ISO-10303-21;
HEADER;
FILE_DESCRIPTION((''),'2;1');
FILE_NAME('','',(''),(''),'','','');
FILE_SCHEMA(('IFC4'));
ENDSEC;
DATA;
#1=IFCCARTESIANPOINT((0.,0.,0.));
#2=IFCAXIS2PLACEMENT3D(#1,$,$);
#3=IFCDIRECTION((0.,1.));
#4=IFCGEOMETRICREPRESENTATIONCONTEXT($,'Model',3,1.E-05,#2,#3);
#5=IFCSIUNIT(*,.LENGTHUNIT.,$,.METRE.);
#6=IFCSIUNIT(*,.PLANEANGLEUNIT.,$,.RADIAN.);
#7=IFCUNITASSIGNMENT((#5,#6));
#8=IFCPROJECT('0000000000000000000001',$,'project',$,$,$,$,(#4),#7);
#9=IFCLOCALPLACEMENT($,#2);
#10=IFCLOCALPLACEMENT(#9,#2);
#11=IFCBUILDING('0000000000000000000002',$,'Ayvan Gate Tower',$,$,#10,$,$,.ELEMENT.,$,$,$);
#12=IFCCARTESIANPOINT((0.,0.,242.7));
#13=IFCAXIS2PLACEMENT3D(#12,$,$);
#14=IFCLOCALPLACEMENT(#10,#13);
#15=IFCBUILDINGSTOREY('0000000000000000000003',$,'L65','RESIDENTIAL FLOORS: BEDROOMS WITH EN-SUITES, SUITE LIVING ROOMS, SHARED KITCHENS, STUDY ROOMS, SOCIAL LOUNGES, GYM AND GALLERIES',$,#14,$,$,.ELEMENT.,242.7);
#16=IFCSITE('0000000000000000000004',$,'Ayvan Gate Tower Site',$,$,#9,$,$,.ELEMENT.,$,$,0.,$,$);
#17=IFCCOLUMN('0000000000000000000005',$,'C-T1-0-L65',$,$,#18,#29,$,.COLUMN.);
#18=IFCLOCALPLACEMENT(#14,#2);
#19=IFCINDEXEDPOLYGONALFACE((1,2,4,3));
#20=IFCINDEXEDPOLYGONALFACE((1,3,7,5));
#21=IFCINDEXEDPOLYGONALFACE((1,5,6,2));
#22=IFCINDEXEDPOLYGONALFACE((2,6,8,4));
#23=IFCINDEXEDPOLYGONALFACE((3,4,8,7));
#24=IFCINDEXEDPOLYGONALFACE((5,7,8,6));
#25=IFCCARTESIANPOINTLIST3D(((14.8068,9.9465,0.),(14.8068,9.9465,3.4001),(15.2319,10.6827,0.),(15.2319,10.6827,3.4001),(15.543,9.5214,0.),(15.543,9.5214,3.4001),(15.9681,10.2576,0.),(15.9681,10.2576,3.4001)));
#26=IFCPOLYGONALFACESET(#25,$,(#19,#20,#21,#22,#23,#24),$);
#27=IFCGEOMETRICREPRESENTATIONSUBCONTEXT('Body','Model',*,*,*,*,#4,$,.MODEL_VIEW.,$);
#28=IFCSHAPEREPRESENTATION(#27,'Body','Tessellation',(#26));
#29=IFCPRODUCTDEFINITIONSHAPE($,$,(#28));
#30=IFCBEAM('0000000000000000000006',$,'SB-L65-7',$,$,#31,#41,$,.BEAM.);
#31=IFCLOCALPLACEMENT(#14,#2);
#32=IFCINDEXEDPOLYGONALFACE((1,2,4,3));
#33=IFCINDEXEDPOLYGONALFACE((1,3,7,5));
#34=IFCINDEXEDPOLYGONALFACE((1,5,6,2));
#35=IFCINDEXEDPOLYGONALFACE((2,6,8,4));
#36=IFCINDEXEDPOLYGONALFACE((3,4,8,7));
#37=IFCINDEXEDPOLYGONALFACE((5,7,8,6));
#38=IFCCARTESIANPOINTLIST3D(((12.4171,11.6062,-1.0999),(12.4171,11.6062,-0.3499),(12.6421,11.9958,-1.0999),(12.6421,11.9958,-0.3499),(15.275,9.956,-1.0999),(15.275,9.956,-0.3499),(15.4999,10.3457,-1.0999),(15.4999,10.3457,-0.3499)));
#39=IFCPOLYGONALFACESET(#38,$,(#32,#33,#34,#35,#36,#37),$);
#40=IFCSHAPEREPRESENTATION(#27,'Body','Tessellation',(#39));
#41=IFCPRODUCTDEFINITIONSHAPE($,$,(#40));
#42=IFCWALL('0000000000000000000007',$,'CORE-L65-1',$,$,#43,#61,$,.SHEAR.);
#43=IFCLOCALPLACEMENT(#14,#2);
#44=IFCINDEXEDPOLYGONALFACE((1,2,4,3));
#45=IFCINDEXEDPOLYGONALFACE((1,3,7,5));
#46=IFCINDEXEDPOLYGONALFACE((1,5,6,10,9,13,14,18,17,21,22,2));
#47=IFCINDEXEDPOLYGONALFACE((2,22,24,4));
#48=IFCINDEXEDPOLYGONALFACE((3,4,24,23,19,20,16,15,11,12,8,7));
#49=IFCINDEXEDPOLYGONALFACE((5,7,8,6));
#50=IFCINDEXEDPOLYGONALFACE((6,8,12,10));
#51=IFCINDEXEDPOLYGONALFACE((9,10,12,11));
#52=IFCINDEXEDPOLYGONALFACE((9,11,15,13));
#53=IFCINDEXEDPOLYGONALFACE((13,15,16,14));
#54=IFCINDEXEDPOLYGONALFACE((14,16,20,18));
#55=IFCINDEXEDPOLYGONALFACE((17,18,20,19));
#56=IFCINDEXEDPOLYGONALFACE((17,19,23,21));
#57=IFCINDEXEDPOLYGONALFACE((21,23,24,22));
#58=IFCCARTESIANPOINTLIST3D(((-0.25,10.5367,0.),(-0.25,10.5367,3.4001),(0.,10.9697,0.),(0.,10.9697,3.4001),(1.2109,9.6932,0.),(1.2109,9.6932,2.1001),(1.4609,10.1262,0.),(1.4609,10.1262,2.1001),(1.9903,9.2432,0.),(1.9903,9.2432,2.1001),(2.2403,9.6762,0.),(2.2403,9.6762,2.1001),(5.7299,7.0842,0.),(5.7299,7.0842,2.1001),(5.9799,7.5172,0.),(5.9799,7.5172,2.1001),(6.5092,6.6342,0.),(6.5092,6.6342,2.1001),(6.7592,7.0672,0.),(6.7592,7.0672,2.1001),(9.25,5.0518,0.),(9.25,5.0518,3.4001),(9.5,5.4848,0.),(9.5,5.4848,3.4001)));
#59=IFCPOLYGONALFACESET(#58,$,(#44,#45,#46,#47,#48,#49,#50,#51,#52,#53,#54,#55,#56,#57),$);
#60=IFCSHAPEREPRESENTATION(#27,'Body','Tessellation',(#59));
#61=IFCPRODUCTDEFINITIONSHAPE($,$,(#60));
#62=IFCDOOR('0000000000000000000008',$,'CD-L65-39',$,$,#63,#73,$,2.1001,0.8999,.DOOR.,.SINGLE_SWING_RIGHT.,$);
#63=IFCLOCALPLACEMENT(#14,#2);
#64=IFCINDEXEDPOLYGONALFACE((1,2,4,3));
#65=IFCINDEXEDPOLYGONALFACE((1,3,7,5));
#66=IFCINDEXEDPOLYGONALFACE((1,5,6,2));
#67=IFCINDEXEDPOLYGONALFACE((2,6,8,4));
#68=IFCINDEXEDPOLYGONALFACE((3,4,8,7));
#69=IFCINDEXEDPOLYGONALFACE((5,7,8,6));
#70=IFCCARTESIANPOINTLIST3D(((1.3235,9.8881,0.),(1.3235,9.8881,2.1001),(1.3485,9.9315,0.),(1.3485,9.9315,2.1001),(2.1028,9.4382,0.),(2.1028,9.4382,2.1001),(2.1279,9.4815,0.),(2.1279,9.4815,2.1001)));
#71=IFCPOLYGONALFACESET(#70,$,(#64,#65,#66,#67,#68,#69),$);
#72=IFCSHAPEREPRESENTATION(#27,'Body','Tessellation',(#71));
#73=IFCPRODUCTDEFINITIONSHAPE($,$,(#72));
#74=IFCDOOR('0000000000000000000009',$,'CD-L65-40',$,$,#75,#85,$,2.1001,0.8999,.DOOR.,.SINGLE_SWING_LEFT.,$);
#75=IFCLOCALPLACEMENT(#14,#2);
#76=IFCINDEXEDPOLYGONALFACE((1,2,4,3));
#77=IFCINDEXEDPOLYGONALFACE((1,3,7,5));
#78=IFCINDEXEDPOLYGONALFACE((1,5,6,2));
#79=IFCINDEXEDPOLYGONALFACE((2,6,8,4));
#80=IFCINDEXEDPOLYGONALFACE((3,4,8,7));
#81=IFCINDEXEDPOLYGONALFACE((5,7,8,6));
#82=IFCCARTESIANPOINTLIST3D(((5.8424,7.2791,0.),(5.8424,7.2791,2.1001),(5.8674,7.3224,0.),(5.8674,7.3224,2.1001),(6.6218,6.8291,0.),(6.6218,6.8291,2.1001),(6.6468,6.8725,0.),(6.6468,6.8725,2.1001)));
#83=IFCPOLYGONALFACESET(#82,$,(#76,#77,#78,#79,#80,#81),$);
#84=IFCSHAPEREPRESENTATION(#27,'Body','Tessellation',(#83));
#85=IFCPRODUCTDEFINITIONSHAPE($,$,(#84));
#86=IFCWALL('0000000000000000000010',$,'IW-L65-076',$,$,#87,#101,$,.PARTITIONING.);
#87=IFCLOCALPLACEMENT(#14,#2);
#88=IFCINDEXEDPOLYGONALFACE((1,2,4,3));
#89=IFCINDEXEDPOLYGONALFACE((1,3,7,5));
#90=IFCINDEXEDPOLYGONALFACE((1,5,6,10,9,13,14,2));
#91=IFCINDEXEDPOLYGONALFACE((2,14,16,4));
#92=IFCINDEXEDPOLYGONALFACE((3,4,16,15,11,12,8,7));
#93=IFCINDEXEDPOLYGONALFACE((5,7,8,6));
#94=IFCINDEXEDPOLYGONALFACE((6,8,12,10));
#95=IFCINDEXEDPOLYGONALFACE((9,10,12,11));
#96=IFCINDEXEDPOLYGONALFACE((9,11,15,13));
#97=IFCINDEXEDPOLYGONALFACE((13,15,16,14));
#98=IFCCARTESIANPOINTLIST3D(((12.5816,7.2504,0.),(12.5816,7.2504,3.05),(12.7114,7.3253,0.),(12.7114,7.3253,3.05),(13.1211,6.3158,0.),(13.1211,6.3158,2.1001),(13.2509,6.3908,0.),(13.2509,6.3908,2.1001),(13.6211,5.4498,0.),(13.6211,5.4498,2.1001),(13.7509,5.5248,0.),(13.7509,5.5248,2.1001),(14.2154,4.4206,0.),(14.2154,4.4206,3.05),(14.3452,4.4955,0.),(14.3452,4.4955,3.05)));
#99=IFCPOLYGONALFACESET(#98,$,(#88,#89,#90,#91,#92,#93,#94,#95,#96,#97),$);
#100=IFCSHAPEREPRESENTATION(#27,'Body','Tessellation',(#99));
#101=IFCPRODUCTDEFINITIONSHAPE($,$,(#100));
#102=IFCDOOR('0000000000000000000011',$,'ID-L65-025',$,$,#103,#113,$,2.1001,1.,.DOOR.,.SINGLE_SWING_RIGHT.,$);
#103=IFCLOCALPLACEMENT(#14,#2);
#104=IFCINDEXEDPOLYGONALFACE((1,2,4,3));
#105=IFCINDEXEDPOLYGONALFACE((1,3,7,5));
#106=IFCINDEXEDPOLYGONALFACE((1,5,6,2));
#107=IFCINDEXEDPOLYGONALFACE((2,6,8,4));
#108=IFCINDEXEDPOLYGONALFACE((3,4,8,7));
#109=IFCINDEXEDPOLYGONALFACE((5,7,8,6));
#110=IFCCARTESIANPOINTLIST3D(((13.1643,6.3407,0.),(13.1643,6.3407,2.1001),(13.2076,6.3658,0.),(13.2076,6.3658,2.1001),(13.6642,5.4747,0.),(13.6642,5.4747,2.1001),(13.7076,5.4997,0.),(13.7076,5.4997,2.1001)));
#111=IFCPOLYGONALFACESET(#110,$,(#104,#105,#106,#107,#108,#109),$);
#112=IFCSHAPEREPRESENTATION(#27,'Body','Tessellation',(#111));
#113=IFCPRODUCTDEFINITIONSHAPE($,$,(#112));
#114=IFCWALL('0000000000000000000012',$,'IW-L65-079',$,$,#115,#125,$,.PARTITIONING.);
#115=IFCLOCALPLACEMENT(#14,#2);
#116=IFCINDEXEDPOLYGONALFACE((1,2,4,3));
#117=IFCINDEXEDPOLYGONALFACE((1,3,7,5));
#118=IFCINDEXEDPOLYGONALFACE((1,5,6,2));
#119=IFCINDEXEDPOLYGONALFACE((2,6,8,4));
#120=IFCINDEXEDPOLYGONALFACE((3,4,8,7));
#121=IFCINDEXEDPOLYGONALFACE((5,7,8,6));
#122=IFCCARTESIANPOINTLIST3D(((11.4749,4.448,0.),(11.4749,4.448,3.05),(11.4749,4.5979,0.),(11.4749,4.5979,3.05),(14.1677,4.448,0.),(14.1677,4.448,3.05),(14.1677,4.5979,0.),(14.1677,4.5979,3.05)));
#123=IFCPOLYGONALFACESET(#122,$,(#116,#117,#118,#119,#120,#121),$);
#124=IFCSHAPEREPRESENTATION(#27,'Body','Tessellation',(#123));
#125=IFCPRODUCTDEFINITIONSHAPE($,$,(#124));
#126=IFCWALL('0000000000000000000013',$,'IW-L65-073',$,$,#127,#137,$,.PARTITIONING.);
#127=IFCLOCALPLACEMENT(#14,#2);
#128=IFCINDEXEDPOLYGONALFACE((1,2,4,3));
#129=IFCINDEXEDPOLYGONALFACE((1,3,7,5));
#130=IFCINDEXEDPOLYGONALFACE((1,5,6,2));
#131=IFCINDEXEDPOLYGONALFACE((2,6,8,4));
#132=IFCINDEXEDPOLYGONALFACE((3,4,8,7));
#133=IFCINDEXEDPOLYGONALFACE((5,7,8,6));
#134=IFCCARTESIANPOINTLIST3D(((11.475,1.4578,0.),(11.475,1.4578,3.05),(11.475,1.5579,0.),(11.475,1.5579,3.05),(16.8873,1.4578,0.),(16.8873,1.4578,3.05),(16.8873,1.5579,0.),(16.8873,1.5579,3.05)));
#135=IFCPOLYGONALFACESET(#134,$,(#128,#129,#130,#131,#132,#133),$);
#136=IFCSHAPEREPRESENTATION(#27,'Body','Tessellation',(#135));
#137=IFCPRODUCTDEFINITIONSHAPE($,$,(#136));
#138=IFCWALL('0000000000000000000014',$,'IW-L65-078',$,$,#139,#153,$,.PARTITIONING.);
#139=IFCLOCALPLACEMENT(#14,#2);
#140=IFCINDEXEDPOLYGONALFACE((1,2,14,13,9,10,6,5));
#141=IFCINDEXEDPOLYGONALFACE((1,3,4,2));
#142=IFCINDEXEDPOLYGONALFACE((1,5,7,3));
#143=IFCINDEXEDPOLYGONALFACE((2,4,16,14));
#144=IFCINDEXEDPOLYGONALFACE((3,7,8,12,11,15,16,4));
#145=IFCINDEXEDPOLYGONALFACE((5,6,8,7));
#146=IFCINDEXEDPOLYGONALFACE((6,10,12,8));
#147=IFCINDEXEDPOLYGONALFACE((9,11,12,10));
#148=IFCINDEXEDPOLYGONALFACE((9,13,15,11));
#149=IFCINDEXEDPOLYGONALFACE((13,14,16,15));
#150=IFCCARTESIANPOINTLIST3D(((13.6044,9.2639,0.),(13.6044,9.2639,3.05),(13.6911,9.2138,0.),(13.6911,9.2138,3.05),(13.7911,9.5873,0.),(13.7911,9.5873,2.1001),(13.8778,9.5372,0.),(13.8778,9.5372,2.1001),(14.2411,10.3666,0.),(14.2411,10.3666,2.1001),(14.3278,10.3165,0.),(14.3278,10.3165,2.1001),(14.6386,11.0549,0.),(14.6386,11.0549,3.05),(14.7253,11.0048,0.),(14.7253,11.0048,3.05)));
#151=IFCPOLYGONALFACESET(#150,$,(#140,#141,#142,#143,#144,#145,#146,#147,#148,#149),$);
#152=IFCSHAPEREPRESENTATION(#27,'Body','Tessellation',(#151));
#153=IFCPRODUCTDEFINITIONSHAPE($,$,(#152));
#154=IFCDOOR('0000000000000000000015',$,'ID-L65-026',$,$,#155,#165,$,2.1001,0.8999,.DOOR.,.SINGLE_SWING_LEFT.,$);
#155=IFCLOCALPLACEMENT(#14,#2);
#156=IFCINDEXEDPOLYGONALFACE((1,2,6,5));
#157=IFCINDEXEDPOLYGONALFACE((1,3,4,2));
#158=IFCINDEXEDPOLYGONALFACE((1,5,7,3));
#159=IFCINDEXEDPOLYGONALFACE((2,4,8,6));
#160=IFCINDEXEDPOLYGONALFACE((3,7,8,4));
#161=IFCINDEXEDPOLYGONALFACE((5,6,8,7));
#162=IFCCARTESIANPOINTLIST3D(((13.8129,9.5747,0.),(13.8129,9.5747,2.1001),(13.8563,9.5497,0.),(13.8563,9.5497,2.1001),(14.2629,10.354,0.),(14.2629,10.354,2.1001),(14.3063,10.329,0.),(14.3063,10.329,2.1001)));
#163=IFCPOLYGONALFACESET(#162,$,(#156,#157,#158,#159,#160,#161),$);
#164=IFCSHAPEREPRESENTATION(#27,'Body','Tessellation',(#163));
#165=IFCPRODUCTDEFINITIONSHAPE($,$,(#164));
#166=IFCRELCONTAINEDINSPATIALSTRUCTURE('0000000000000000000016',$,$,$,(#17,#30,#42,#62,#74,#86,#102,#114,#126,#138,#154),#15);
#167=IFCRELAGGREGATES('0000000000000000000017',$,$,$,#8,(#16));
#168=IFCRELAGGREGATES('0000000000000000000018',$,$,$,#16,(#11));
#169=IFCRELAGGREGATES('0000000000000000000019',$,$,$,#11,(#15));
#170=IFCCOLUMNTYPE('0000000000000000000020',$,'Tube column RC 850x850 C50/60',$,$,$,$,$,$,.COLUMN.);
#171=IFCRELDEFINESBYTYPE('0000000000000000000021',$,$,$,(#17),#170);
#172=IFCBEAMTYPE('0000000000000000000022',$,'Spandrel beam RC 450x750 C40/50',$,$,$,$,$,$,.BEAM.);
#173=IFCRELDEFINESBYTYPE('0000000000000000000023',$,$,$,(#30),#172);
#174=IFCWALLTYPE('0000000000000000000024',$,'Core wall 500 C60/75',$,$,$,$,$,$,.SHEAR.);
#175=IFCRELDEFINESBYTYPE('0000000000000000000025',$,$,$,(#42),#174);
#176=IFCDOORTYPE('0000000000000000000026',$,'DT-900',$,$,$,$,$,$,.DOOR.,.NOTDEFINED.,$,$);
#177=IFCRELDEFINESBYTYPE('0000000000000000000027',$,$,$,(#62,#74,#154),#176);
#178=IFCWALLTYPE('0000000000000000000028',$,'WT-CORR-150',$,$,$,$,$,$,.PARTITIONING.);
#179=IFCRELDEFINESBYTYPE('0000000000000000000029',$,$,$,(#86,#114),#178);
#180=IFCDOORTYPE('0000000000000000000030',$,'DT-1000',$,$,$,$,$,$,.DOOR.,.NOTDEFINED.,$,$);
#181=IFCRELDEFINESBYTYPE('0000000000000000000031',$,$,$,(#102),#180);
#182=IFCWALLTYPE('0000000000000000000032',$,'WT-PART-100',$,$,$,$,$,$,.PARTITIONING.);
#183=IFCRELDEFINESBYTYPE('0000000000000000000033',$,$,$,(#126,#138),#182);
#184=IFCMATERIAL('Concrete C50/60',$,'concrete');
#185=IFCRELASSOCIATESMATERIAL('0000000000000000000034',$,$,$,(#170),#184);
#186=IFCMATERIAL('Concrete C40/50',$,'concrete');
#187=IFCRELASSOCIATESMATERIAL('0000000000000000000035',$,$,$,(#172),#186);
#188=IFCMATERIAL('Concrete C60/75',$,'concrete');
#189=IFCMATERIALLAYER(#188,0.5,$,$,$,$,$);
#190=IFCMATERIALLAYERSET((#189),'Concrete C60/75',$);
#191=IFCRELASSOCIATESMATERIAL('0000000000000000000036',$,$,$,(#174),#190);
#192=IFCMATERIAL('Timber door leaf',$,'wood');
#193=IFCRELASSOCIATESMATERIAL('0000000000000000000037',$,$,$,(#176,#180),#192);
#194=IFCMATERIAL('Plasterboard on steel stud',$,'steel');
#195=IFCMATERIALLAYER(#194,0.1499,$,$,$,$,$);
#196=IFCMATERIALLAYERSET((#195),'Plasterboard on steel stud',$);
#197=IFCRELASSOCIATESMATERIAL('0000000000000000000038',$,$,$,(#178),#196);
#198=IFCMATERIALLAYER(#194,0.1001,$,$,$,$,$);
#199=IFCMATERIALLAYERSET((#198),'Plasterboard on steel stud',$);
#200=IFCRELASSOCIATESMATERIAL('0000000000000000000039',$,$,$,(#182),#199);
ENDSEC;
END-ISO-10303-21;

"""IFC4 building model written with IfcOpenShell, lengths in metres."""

from ifc_helpers import new_model, si_unit, direction, frame, frame_2d, origin, origin_2d, place, context, subcontext, project, spatial, rectangle, extrude, material, layer, layer_set, material_profile, profile_set, type_object, element, fill, save


model = new_model("IFC4")

# Units and contexts
model_context = context("Model", 3, precision=1e-05, world=origin(), true_north=direction((0.0, 1.0)))
body_context = subcontext(model_context, "Body", "Model", "MODEL_VIEW")
ifc_project = project(units=[si_unit("LENGTHUNIT", "METRE"), si_unit("PLANEANGLEUNIT", "RADIAN")], contexts=[model_context])

# Site, building, storey
site_placement = place(None, origin())
site = spatial("IfcSite", under=ifc_project, at=site_placement, Name="Ayvan Gate Tower Site", CompositionType="ELEMENT", RefElevation=0.0)
building_placement = place(site_placement, origin())
building = spatial("IfcBuilding", under=site, at=building_placement, Name="Ayvan Gate Tower", CompositionType="ELEMENT")
storey_placement = place(building_placement, frame((0.0, 0.0, 242.7)))
storey = spatial("IfcBuildingStorey", under=building, at=storey_placement, Name="L65", Description="RESIDENTIAL FLOORS: BEDROOMS WITH EN-SUITES, SUITE LIVING ROOMS, SHARED KITCHENS, STUDY ROOMS, SOCIAL LOUNGES, GYM AND GALLERIES", CompositionType="ELEMENT", Elevation=242.7)

# Column
ifc_material_1 = material(Name="Concrete C50/60", Category="concrete")
ifc_material_profile_1 = material_profile(ifc_material_1, rectangle(XDim=0.8501, YDim=0.8501, at=origin_2d()), Name="RC 850x850")
ifc_profile_set_1 = profile_set([ifc_material_profile_1], Name="Concrete C50/60")
column_type = type_object("IfcColumnType", Name="Tube column RC 850x850 C50/60", PredefinedType="COLUMN", material=ifc_profile_set_1)
column_placement = place(storey_placement, frame((15.3875, 10.1021, 0.0), z_axis=(0.0, 0.0, 1.0), x_axis=(0.5, 0.866025, 0.0)))
element("IfcColumn", 1, at=column_placement, inside=storey, type_object=column_type, Name="C-T1-0-L65", PredefinedType="COLUMN", context=body_context, shape_type="SweptSolid", body=[
    extrude(rectangle(XDim=0.8501, YDim=0.8501, at=origin_2d()), origin(), (0.0, 0.0, 1.0), 3.4001),
])

# Beam
ifc_material_2 = material(Name="Concrete C40/50", Category="concrete")
ifc_material_profile_2 = material_profile(ifc_material_2, rectangle(XDim=0.45, YDim=0.75, at=origin_2d()), Name="RC 450x750")
ifc_profile_set_2 = profile_set([ifc_material_profile_2], Name="Concrete C40/50")
beam_type = type_object("IfcBeamType", Name="Spandrel beam RC 450x750 C40/50", PredefinedType="BEAM", material=ifc_profile_set_2)
beam_placement = place(storey_placement, frame((15.3875, 10.1509, -0.7249), z_axis=(-0.866008, 0.50003, 0.0), x_axis=(-0.50003, -0.866008, 0.0)))
element("IfcBeam", 2, at=beam_placement, inside=storey, type_object=beam_type, Name="SB-L65-7", PredefinedType="BEAM", context=body_context, shape_type="SweptSolid", body=[
    extrude(rectangle(XDim=0.45, YDim=0.75, at=origin_2d()), origin(), (0.0, 0.0, 1.0), 3.3),
])

# Wall, openings, doors
ifc_material_3 = material(Name="Concrete C60/75", Category="concrete")
ifc_layer_1 = layer(ifc_material_3, 0.5)
ifc_layer_set_1 = layer_set([ifc_layer_1], Name="Concrete C60/75")
wall_type_1 = type_object("IfcWallType", Name="Core wall 500 C60/75", PredefinedType="SHEAR", material=ifc_layer_set_1)
wall_1_placement = place(storey_placement, frame((9.375, 5.2683, 0.0), z_axis=(0.0, 0.0, 1.0), x_axis=(-0.866024, 0.500002, 0.0)))
wall_1 = element("IfcWall", 3, at=wall_1_placement, inside=storey, type_object=wall_type_1, Name="CORE-L65-1", PredefinedType="SHEAR", context=body_context, shape_type="SweptSolid", body=[
    extrude(rectangle(XDim=10.9697, YDim=0.5, at=frame_2d((5.4849, 0.0))), origin(), (0.0, 0.0, 1.0), 3.4001),
])
opening_1_placement = place(wall_1_placement, frame((8.3828, 0.0, 0.0)))
opening_1 = element("IfcOpeningElement", 4, at=opening_1_placement, cuts=wall_1, PredefinedType="OPENING", context=body_context, shape_type="SweptSolid", body=[
    extrude(rectangle(XDim=0.8999, YDim=2.1001, at=frame_2d((0.45, 1.05))), frame((0.0, 0.26, 0.0), z_axis=(0.0, -1.0, 0.0), x_axis=(1.0, 0.0, 0.0)), (0.0, 0.0, 1.0), 0.52),
])
opening_2_placement = place(wall_1_placement, frame((3.1648, 0.0, 0.0)))
opening_2 = element("IfcOpeningElement", 5, at=opening_2_placement, cuts=wall_1, PredefinedType="OPENING", context=body_context, shape_type="SweptSolid", body=[
    extrude(rectangle(XDim=0.8999, YDim=2.1001, at=frame_2d((0.45, 1.05))), frame((0.0, 0.26, 0.0), z_axis=(0.0, -1.0, 0.0), x_axis=(1.0, 0.0, 0.0)), (0.0, 0.0, 1.0), 0.52),
])
ifc_material_4 = material(Name="Timber door leaf", Category="wood")
door_type_1 = type_object("IfcDoorType", Name="DT-900", OperationType="NOTDEFINED", PredefinedType="DOOR", material=ifc_material_4)
door_1_placement = place(opening_1_placement, origin())
door_1 = element("IfcDoor", 6, at=door_1_placement, inside=storey, type_object=door_type_1, Name="CD-L65-39", OperationType="SINGLE_SWING_RIGHT", OverallHeight=2.1001, OverallWidth=0.8999, PredefinedType="DOOR", context=body_context, shape_type="SweptSolid", body=[
    extrude(rectangle(XDim=0.8999, YDim=2.1001, at=frame_2d((0.45, 1.05))), frame((0.0, 0.0249, 0.0), z_axis=(0.0, -1.0, 0.0), x_axis=(1.0, 0.0, 0.0)), (0.0, 0.0, 1.0), 0.05),
])
fill(opening_1, door_1)
door_2_placement = place(opening_2_placement, origin())
door_2 = element("IfcDoor", 7, at=door_2_placement, inside=storey, type_object=door_type_1, Name="CD-L65-40", OperationType="SINGLE_SWING_LEFT", OverallHeight=2.1001, OverallWidth=0.8999, PredefinedType="DOOR", context=body_context, shape_type="SweptSolid", body=[
    extrude(rectangle(XDim=0.8999, YDim=2.1001, at=frame_2d((0.45, 1.05))), frame((0.0, 0.0249, 0.0), z_axis=(0.0, -1.0, 0.0), x_axis=(1.0, 0.0, 0.0)), (0.0, 0.0, 1.0), 0.05),
])
fill(opening_2, door_2)

# Wall, opening, door
ifc_material_5 = material(Name="Plasterboard on steel stud", Category="steel")
ifc_layer_2 = layer(ifc_material_5, 0.1499)
ifc_layer_set_2 = layer_set([ifc_layer_2], Name="Plasterboard on steel stud")
wall_type_2 = type_object("IfcWallType", Name="WT-CORR-150", PredefinedType="PARTITIONING", material=ifc_layer_set_2)
wall_2_placement = place(storey_placement, frame((12.6465, 7.2878, 0.0), z_axis=(0.0, 0.0, 1.0), x_axis=(0.499996, -0.866028, 0.0)))
wall_2 = element("IfcWall", 8, at=wall_2_placement, inside=storey, type_object=wall_type_2, Name="IW-L65-076", PredefinedType="PARTITIONING", context=body_context, shape_type="SweptSolid", body=[
    extrude(rectangle(XDim=3.2676, YDim=0.1499, at=frame_2d((1.6338, 0.0))), origin(), (0.0, 0.0, 1.0), 3.05),
])
opening_3_placement = place(wall_2_placement, frame((1.0791, 0.0, 0.0)))
opening_3 = element("IfcOpeningElement", 9, at=opening_3_placement, cuts=wall_2, PredefinedType="OPENING", context=body_context, shape_type="SweptSolid", body=[
    extrude(rectangle(XDim=1.0, YDim=2.1001, at=frame_2d((0.5, 1.05))), frame((0.0, 0.085, 0.0), z_axis=(0.0, -1.0, 0.0), x_axis=(1.0, 0.0, 0.0)), (0.0, 0.0, 1.0), 0.1699),
])
door_type_2 = type_object("IfcDoorType", Name="DT-1000", OperationType="NOTDEFINED", PredefinedType="DOOR", material=ifc_material_4)
door_3_placement = place(opening_3_placement, origin())
door_3 = element("IfcDoor", 10, at=door_3_placement, inside=storey, type_object=door_type_2, Name="ID-L65-025", OperationType="SINGLE_SWING_RIGHT", OverallHeight=2.1001, OverallWidth=1.0, PredefinedType="DOOR", context=body_context, shape_type="SweptSolid", body=[
    extrude(rectangle(XDim=1.0, YDim=2.1001, at=frame_2d((0.5, 1.05))), frame((0.0, 0.0249, 0.0), z_axis=(0.0, -1.0, 0.0), x_axis=(1.0, 0.0, 0.0)), (0.0, 0.0, 1.0), 0.05),
])
fill(opening_3, door_3)

# Walls
wall_3_placement = place(storey_placement, frame((14.1677, 4.5229, 0.0), z_axis=(0.0, 0.0, 1.0), x_axis=(-1.0, 0.0, 0.0)))
element("IfcWall", 11, at=wall_3_placement, inside=storey, type_object=wall_type_2, Name="IW-L65-079", PredefinedType="PARTITIONING", context=body_context, shape_type="SweptSolid", body=[
    extrude(rectangle(XDim=2.6929, YDim=0.1499, at=frame_2d((1.3464, 0.0))), origin(), (0.0, 0.0, 1.0), 3.05),
])
ifc_layer_3 = layer(ifc_material_5, 0.1001)
ifc_layer_set_3 = layer_set([ifc_layer_3], Name="Plasterboard on steel stud")
wall_type_3 = type_object("IfcWallType", Name="WT-PART-100", PredefinedType="PARTITIONING", material=ifc_layer_set_3)
wall_4_placement = place(storey_placement, frame((11.4751, 1.5078, 0.0), z_axis=(0.0, 0.0, 1.0), x_axis=(1.0, 0.0, 0.0)))
element("IfcWall", 12, at=wall_4_placement, inside=storey, type_object=wall_type_3, Name="IW-L65-073", PredefinedType="PARTITIONING", context=body_context, shape_type="SweptSolid", body=[
    extrude(rectangle(XDim=5.4124, YDim=0.1001, at=frame_2d((2.7061, 0.0))), origin(), (0.0, 0.0, 1.0), 3.05),
])

# Wall, opening, door
wall_5_placement = place(storey_placement, frame((13.6477, 9.2388, 0.0), z_axis=(0.0, 0.0, 1.0), x_axis=(0.500049, 0.865997, 0.0)))
wall_5 = element("IfcWall", 13, at=wall_5_placement, inside=storey, type_object=wall_type_3, Name="IW-L65-078", PredefinedType="PARTITIONING", context=body_context, shape_type="SweptSolid", body=[
    extrude(rectangle(XDim=2.0681, YDim=0.1001, at=frame_2d((1.0342, 0.0))), origin(), (0.0, 0.0, 1.0), 3.05),
])
opening_4_placement = place(wall_5_placement, frame((0.3735, 0.0, 0.0)))
opening_4 = element("IfcOpeningElement", 14, at=opening_4_placement, cuts=wall_5, PredefinedType="OPENING", context=body_context, shape_type="SweptSolid", body=[
    extrude(rectangle(XDim=0.8999, YDim=2.1001, at=frame_2d((0.45, 1.05))), frame((0.0, 0.0601, 0.0), z_axis=(0.0, -1.0, 0.0), x_axis=(1.0, 0.0, 0.0)), (0.0, 0.0, 1.0), 0.1201),
])
door_4_placement = place(opening_4_placement, origin())
door_4 = element("IfcDoor", 15, at=door_4_placement, inside=storey, type_object=door_type_1, Name="ID-L65-026", OperationType="SINGLE_SWING_LEFT", OverallHeight=2.1001, OverallWidth=0.8999, PredefinedType="DOOR", context=body_context, shape_type="SweptSolid", body=[
    extrude(rectangle(XDim=0.8999, YDim=2.1001, at=frame_2d((0.45, 1.05))), frame((0.0, 0.0249, 0.0), z_axis=(0.0, -1.0, 0.0), x_axis=(1.0, 0.0, 0.0)), (0.0, 0.0, 1.0), 0.05),
])
fill(opening_4, door_4)

save(model, "model.ifc")
